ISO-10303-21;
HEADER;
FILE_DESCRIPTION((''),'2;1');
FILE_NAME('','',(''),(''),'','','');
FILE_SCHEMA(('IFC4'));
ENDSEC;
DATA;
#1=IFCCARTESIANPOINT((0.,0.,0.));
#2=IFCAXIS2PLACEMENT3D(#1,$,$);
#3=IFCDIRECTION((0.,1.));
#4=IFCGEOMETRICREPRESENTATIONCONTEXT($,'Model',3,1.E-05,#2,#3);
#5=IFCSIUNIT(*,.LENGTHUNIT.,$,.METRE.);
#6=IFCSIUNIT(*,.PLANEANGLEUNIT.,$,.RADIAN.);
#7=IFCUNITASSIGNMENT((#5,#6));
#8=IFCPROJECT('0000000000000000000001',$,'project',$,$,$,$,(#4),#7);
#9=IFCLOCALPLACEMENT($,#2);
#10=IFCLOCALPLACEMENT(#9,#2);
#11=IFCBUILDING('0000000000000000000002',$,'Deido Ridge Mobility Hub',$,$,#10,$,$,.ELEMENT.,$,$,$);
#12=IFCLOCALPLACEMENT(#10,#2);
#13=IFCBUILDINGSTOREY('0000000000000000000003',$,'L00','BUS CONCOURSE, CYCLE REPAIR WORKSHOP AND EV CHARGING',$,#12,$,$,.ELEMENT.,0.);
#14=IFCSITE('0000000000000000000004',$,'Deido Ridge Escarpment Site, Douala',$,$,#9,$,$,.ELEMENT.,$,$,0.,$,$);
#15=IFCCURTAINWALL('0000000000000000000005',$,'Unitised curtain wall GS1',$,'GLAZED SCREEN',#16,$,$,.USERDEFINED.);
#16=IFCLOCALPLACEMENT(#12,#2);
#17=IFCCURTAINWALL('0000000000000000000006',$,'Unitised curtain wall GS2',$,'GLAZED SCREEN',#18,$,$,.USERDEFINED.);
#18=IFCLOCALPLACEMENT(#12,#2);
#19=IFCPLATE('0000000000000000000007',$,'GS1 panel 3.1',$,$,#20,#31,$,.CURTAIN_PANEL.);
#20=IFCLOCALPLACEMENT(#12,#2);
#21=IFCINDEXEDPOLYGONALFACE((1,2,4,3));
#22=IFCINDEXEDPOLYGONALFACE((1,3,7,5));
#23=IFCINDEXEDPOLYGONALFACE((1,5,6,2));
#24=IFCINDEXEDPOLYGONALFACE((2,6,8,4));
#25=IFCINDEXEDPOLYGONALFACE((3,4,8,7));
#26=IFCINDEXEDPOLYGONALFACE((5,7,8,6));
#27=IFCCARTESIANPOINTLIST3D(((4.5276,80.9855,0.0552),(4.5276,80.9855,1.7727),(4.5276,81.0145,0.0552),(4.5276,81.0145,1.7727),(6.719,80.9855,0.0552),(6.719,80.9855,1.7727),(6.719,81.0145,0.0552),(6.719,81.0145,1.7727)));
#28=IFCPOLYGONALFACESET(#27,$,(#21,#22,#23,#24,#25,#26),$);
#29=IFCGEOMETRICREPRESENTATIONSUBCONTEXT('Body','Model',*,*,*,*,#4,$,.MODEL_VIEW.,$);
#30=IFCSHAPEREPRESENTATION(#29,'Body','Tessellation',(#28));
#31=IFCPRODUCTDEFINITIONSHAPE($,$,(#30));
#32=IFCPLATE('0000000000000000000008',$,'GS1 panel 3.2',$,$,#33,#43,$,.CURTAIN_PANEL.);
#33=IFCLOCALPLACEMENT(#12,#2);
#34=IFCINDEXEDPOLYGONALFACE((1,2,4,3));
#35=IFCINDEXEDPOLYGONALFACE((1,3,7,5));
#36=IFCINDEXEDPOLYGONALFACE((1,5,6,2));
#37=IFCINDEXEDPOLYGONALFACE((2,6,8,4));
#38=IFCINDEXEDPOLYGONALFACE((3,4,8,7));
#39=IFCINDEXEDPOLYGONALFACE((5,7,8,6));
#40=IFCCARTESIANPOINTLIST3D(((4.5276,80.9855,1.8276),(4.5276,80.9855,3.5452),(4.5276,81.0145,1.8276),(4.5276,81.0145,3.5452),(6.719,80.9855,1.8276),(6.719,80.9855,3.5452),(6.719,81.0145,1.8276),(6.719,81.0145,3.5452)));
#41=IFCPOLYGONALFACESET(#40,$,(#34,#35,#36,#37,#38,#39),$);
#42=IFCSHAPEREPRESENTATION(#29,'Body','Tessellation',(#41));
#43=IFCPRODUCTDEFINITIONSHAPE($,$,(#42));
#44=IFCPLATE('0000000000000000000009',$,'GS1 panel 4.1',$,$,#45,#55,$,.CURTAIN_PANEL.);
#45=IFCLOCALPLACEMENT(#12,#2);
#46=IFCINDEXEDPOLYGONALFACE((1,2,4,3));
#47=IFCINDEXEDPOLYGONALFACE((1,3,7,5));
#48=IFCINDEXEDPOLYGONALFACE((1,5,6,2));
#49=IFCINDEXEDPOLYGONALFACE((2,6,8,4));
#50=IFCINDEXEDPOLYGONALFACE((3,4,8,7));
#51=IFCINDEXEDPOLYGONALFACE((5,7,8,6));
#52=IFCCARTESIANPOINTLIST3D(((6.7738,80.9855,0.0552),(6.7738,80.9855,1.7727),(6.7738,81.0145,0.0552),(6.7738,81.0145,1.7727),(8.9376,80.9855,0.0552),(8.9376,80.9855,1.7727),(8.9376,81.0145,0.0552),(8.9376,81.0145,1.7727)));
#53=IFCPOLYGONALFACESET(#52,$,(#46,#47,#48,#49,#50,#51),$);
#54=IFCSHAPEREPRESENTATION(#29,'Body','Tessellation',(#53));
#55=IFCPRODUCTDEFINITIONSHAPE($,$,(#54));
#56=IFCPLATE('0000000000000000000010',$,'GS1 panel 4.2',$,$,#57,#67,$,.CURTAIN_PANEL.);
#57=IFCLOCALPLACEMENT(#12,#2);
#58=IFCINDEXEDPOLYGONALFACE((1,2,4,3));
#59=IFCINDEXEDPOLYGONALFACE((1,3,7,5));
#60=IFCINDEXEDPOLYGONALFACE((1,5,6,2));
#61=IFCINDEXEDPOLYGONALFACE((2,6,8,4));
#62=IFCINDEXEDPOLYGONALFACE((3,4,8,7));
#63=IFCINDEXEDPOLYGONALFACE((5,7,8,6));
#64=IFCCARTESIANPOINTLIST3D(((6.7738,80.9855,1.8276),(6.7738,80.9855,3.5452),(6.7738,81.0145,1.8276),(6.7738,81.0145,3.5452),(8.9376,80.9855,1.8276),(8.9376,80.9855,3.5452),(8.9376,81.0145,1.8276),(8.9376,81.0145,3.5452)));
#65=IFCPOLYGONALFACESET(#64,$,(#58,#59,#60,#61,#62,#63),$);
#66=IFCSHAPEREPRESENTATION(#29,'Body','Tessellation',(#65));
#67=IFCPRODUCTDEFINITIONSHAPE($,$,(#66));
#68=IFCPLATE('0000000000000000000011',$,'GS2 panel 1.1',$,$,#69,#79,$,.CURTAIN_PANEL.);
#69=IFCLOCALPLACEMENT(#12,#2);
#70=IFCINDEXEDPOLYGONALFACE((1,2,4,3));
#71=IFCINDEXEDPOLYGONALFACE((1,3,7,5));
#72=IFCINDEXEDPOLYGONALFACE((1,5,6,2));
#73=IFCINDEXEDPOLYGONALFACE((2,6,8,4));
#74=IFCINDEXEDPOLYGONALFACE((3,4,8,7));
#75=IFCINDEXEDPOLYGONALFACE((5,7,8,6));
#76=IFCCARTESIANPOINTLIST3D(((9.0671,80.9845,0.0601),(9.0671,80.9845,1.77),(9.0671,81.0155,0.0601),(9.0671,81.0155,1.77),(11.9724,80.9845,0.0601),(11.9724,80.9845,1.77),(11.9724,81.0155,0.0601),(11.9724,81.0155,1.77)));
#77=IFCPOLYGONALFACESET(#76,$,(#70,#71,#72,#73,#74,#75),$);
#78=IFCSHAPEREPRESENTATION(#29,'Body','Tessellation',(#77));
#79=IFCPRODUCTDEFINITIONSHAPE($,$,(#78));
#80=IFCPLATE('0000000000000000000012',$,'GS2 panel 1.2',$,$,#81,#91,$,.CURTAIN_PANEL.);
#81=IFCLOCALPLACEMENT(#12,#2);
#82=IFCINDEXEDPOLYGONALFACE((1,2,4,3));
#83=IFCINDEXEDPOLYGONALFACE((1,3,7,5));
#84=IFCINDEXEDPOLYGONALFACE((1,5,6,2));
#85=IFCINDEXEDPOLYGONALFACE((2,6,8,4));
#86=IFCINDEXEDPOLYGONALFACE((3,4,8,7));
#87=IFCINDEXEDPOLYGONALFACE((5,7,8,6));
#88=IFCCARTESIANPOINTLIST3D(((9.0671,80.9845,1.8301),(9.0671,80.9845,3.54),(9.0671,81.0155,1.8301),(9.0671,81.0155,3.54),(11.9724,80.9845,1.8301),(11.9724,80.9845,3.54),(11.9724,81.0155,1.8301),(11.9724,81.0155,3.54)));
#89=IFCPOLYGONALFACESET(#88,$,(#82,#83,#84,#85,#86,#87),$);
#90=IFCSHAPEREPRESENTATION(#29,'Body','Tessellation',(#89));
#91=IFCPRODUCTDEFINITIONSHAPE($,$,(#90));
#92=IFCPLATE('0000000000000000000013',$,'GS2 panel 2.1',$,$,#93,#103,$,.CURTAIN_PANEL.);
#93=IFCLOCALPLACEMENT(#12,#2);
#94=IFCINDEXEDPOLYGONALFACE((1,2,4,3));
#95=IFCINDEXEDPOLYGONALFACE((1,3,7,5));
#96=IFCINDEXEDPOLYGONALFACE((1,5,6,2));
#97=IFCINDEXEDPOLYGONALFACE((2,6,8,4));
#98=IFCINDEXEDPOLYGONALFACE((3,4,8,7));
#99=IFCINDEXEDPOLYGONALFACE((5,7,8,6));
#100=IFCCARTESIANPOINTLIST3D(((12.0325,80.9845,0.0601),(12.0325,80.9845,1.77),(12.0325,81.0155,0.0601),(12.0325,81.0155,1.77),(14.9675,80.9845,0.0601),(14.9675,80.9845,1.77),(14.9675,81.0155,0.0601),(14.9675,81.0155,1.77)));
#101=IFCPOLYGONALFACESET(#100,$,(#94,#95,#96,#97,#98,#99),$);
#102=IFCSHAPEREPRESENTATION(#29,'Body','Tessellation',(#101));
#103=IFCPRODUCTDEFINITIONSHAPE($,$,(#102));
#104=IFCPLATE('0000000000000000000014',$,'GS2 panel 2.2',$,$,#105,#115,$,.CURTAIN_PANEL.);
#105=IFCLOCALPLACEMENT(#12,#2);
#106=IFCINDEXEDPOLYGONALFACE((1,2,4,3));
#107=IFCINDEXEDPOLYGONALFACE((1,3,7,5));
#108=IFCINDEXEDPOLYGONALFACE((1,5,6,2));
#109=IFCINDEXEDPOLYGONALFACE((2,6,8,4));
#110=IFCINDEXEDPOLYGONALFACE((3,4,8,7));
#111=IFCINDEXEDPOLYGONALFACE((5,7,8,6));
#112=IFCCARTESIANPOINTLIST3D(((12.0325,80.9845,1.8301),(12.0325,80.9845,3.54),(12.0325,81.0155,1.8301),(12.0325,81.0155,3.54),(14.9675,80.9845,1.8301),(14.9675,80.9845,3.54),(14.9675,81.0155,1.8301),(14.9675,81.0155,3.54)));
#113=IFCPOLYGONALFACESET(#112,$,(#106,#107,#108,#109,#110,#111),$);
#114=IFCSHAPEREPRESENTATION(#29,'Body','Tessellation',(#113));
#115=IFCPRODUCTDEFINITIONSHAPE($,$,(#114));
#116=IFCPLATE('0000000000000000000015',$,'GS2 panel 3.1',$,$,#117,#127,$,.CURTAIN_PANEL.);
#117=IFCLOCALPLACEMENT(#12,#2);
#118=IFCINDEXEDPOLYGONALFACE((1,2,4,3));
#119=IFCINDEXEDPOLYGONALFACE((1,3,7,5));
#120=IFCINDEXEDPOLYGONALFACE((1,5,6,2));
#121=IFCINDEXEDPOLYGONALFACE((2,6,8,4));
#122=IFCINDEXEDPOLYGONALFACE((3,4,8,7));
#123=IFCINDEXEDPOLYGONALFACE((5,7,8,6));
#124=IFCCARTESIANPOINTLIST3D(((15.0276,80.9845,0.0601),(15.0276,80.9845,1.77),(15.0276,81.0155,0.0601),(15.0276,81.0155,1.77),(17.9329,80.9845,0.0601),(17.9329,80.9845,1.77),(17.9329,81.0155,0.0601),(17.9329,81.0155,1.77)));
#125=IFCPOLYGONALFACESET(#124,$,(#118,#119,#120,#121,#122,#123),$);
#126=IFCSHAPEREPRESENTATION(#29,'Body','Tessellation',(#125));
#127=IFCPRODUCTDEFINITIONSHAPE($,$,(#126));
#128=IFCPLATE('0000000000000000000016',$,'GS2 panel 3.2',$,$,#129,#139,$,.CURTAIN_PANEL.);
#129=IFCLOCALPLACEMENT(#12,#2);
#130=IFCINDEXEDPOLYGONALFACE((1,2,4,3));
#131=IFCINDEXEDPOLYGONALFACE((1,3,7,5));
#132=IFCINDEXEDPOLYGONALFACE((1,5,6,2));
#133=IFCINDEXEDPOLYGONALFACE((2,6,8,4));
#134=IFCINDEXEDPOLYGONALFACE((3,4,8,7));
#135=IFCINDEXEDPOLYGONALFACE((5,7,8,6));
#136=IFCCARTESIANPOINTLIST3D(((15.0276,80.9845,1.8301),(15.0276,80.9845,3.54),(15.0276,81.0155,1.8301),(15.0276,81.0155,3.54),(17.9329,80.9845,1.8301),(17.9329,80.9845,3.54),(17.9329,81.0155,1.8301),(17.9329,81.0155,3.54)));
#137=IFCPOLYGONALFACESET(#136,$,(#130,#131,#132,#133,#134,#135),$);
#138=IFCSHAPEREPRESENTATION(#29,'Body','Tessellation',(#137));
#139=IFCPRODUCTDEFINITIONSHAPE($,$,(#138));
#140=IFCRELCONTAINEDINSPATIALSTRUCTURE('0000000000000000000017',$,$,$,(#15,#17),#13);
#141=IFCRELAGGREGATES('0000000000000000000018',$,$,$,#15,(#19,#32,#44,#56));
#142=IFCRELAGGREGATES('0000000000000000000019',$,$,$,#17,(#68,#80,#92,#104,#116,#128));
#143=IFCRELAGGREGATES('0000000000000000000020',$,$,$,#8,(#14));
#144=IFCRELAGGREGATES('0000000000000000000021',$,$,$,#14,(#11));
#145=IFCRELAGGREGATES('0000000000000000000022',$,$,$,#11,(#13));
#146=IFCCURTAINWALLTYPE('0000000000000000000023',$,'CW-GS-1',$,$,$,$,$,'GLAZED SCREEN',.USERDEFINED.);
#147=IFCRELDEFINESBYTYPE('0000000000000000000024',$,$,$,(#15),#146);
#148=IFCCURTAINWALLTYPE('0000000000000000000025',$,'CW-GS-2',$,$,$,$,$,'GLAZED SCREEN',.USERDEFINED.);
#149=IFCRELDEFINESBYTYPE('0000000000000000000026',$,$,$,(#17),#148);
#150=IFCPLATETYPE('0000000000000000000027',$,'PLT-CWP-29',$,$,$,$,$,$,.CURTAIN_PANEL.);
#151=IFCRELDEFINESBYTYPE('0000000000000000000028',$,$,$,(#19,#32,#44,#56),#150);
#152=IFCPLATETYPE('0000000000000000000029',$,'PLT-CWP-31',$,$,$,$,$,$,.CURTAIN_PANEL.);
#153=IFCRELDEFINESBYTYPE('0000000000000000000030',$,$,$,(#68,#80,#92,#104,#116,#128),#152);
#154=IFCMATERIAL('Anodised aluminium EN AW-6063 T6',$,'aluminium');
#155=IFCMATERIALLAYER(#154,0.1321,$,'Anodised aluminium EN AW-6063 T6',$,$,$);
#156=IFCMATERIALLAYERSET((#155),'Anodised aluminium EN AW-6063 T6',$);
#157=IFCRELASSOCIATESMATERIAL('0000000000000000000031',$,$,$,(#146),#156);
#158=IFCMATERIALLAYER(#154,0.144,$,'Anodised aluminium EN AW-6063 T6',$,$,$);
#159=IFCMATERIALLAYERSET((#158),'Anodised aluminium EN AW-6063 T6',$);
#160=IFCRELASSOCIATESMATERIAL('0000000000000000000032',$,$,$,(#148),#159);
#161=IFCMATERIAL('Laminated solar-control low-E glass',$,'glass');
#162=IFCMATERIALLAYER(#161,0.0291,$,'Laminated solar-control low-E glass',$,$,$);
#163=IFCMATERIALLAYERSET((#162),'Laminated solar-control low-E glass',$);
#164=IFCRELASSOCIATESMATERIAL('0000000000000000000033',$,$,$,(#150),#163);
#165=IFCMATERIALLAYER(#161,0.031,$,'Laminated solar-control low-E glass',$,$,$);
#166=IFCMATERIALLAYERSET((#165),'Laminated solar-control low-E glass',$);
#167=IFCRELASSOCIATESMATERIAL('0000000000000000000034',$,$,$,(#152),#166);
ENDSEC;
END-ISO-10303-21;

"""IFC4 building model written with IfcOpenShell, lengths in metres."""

from ifc_helpers import new_model, si_unit, direction, frame, origin, origin_2d, place, context, subcontext, project, spatial, rectangle, extrude, material, layer, layer_set, type_object, element, aggregate, save


model = new_model("IFC4")

# Units and contexts
model_context = context("Model", 3, precision=1e-05, world=origin(), true_north=direction((0.0, 1.0)))
body_context = subcontext(model_context, "Body", "Model", "MODEL_VIEW")
ifc_project = project(units=[si_unit("LENGTHUNIT", "METRE"), si_unit("PLANEANGLEUNIT", "RADIAN")], contexts=[model_context])

# Site, building, storey
site_placement = place(None, origin())
site = spatial("IfcSite", under=ifc_project, at=site_placement, Name="Deido Ridge Escarpment Site, Douala", CompositionType="ELEMENT", RefElevation=0.0)
building_placement = place(site_placement, origin())
building = spatial("IfcBuilding", under=site, at=building_placement, Name="Deido Ridge Mobility Hub", CompositionType="ELEMENT")
storey_placement = place(building_placement, origin())
storey = spatial("IfcBuildingStorey", under=building, at=storey_placement, Name="L00", Description="BUS CONCOURSE, CYCLE REPAIR WORKSHOP AND EV CHARGING", CompositionType="ELEMENT", Elevation=0.0)

# Curtain walls
ifc_material_1 = material(Name="Anodised aluminium EN AW-6063 T6", Category="aluminium")
ifc_layer_1 = layer(ifc_material_1, 0.1321, Name="Anodised aluminium EN AW-6063 T6")
ifc_layer_set_1 = layer_set([ifc_layer_1], Name="Anodised aluminium EN AW-6063 T6")
curtain_wall_type_1 = type_object("IfcCurtainWallType", Name="CW-GS-1", ElementType="GLAZED SCREEN", PredefinedType="USERDEFINED", material=ifc_layer_set_1)
curtain_wall_1_placement = place(storey_placement, origin())
curtain_wall_1 = element("IfcCurtainWall", 1, at=curtain_wall_1_placement, inside=storey, type_object=curtain_wall_type_1, Name="Unitised curtain wall GS1", ObjectType="GLAZED SCREEN", PredefinedType="USERDEFINED")
ifc_layer_2 = layer(ifc_material_1, 0.144, Name="Anodised aluminium EN AW-6063 T6")
ifc_layer_set_2 = layer_set([ifc_layer_2], Name="Anodised aluminium EN AW-6063 T6")
curtain_wall_type_2 = type_object("IfcCurtainWallType", Name="CW-GS-2", ElementType="GLAZED SCREEN", PredefinedType="USERDEFINED", material=ifc_layer_set_2)
curtain_wall_2_placement = place(storey_placement, origin())
curtain_wall_2 = element("IfcCurtainWall", 2, at=curtain_wall_2_placement, inside=storey, type_object=curtain_wall_type_2, Name="Unitised curtain wall GS2", ObjectType="GLAZED SCREEN", PredefinedType="USERDEFINED")

# Plates
ifc_material_2 = material(Name="Laminated solar-control low-E glass", Category="glass")
ifc_layer_3 = layer(ifc_material_2, 0.0291, Name="Laminated solar-control low-E glass")
ifc_layer_set_3 = layer_set([ifc_layer_3], Name="Laminated solar-control low-E glass")
plate_type_1 = type_object("IfcPlateType", Name="PLT-CWP-29", PredefinedType="CURTAIN_PANEL", material=ifc_layer_set_3)
plate_1_placement = place(storey_placement, frame((5.6233, 81.0, 0.0552), z_axis=(0.0, 0.0, 1.0), x_axis=(1.0, 0.0, 0.0)))
plate_1 = element("IfcPlate", 3, at=plate_1_placement, type_object=plate_type_1, Name="GS1 panel 3.1", PredefinedType="CURTAIN_PANEL", context=body_context, shape_type="SweptSolid", body=[
    extrude(rectangle(XDim=2.1914, YDim=0.0291, at=origin_2d()), origin(), (0.0, 0.0, 1.0), 1.7175),
])
plate_2_placement = place(storey_placement, frame((5.6233, 81.0, 1.8276), z_axis=(0.0, 0.0, 1.0), x_axis=(1.0, 0.0, 0.0)))
plate_2 = element("IfcPlate", 4, at=plate_2_placement, type_object=plate_type_1, Name="GS1 panel 3.2", PredefinedType="CURTAIN_PANEL", context=body_context, shape_type="SweptSolid", body=[
    extrude(rectangle(XDim=2.1914, YDim=0.0291, at=origin_2d()), origin(), (0.0, 0.0, 1.0), 1.7175),
])
plate_3_placement = place(storey_placement, frame((7.8557, 81.0, 0.0552), z_axis=(0.0, 0.0, 1.0), x_axis=(1.0, 0.0, 0.0)))
plate_3 = element("IfcPlate", 5, at=plate_3_placement, type_object=plate_type_1, Name="GS1 panel 4.1", PredefinedType="CURTAIN_PANEL", context=body_context, shape_type="SweptSolid", body=[
    extrude(rectangle(XDim=2.1638, YDim=0.0291, at=origin_2d()), origin(), (0.0, 0.0, 1.0), 1.7175),
])
plate_4_placement = place(storey_placement, frame((7.8557, 81.0, 1.8276), z_axis=(0.0, 0.0, 1.0), x_axis=(1.0, 0.0, 0.0)))
plate_4 = element("IfcPlate", 6, at=plate_4_placement, type_object=plate_type_1, Name="GS1 panel 4.2", PredefinedType="CURTAIN_PANEL", context=body_context, shape_type="SweptSolid", body=[
    extrude(rectangle(XDim=2.1638, YDim=0.0291, at=origin_2d()), origin(), (0.0, 0.0, 1.0), 1.7175),
])
aggregate(curtain_wall_1, [plate_1, plate_2, plate_3, plate_4])
ifc_layer_4 = layer(ifc_material_2, 0.031, Name="Laminated solar-control low-E glass")
ifc_layer_set_4 = layer_set([ifc_layer_4], Name="Laminated solar-control low-E glass")
plate_type_2 = type_object("IfcPlateType", Name="PLT-CWP-31", PredefinedType="CURTAIN_PANEL", material=ifc_layer_set_4)
plate_5_placement = place(storey_placement, frame((10.5198, 81.0, 0.0601), z_axis=(0.0, 0.0, 1.0), x_axis=(1.0, 0.0, 0.0)))
plate_5 = element("IfcPlate", 7, at=plate_5_placement, type_object=plate_type_2, Name="GS2 panel 1.1", PredefinedType="CURTAIN_PANEL", context=body_context, shape_type="SweptSolid", body=[
    extrude(rectangle(XDim=2.9053, YDim=0.031, at=origin_2d()), origin(), (0.0, 0.0, 1.0), 1.71),
])
plate_6_placement = place(storey_placement, frame((10.5198, 81.0, 1.8301), z_axis=(0.0, 0.0, 1.0), x_axis=(1.0, 0.0, 0.0)))
plate_6 = element("IfcPlate", 8, at=plate_6_placement, type_object=plate_type_2, Name="GS2 panel 1.2", PredefinedType="CURTAIN_PANEL", context=body_context, shape_type="SweptSolid", body=[
    extrude(rectangle(XDim=2.9053, YDim=0.031, at=origin_2d()), origin(), (0.0, 0.0, 1.0), 1.71),
])
plate_7_placement = place(storey_placement, frame((13.5, 81.0, 0.0601), z_axis=(0.0, 0.0, 1.0), x_axis=(1.0, 0.0, 0.0)))
plate_7 = element("IfcPlate", 9, at=plate_7_placement, type_object=plate_type_2, Name="GS2 panel 2.1", PredefinedType="CURTAIN_PANEL", context=body_context, shape_type="SweptSolid", body=[
    extrude(rectangle(XDim=2.9351, YDim=0.031, at=origin_2d()), origin(), (0.0, 0.0, 1.0), 1.71),
])
plate_8_placement = place(storey_placement, frame((13.5, 81.0, 1.8301), z_axis=(0.0, 0.0, 1.0), x_axis=(1.0, 0.0, 0.0)))
plate_8 = element("IfcPlate", 10, at=plate_8_placement, type_object=plate_type_2, Name="GS2 panel 2.2", PredefinedType="CURTAIN_PANEL", context=body_context, shape_type="SweptSolid", body=[
    extrude(rectangle(XDim=2.9351, YDim=0.031, at=origin_2d()), origin(), (0.0, 0.0, 1.0), 1.71),
])
plate_9_placement = place(storey_placement, frame((16.4802, 81.0, 0.0601), z_axis=(0.0, 0.0, 1.0), x_axis=(1.0, 0.0, 0.0)))
plate_9 = element("IfcPlate", 11, at=plate_9_placement, type_object=plate_type_2, Name="GS2 panel 3.1", PredefinedType="CURTAIN_PANEL", context=body_context, shape_type="SweptSolid", body=[
    extrude(rectangle(XDim=2.9053, YDim=0.031, at=origin_2d()), origin(), (0.0, 0.0, 1.0), 1.71),
])
plate_10_placement = place(storey_placement, frame((16.4802, 81.0, 1.8301), z_axis=(0.0, 0.0, 1.0), x_axis=(1.0, 0.0, 0.0)))
plate_10 = element("IfcPlate", 12, at=plate_10_placement, type_object=plate_type_2, Name="GS2 panel 3.2", PredefinedType="CURTAIN_PANEL", context=body_context, shape_type="SweptSolid", body=[
    extrude(rectangle(XDim=2.9053, YDim=0.031, at=origin_2d()), origin(), (0.0, 0.0, 1.0), 1.71),
])
aggregate(curtain_wall_2, [plate_5, plate_6, plate_7, plate_8, plate_9, plate_10])

save(model, "model.ifc")
